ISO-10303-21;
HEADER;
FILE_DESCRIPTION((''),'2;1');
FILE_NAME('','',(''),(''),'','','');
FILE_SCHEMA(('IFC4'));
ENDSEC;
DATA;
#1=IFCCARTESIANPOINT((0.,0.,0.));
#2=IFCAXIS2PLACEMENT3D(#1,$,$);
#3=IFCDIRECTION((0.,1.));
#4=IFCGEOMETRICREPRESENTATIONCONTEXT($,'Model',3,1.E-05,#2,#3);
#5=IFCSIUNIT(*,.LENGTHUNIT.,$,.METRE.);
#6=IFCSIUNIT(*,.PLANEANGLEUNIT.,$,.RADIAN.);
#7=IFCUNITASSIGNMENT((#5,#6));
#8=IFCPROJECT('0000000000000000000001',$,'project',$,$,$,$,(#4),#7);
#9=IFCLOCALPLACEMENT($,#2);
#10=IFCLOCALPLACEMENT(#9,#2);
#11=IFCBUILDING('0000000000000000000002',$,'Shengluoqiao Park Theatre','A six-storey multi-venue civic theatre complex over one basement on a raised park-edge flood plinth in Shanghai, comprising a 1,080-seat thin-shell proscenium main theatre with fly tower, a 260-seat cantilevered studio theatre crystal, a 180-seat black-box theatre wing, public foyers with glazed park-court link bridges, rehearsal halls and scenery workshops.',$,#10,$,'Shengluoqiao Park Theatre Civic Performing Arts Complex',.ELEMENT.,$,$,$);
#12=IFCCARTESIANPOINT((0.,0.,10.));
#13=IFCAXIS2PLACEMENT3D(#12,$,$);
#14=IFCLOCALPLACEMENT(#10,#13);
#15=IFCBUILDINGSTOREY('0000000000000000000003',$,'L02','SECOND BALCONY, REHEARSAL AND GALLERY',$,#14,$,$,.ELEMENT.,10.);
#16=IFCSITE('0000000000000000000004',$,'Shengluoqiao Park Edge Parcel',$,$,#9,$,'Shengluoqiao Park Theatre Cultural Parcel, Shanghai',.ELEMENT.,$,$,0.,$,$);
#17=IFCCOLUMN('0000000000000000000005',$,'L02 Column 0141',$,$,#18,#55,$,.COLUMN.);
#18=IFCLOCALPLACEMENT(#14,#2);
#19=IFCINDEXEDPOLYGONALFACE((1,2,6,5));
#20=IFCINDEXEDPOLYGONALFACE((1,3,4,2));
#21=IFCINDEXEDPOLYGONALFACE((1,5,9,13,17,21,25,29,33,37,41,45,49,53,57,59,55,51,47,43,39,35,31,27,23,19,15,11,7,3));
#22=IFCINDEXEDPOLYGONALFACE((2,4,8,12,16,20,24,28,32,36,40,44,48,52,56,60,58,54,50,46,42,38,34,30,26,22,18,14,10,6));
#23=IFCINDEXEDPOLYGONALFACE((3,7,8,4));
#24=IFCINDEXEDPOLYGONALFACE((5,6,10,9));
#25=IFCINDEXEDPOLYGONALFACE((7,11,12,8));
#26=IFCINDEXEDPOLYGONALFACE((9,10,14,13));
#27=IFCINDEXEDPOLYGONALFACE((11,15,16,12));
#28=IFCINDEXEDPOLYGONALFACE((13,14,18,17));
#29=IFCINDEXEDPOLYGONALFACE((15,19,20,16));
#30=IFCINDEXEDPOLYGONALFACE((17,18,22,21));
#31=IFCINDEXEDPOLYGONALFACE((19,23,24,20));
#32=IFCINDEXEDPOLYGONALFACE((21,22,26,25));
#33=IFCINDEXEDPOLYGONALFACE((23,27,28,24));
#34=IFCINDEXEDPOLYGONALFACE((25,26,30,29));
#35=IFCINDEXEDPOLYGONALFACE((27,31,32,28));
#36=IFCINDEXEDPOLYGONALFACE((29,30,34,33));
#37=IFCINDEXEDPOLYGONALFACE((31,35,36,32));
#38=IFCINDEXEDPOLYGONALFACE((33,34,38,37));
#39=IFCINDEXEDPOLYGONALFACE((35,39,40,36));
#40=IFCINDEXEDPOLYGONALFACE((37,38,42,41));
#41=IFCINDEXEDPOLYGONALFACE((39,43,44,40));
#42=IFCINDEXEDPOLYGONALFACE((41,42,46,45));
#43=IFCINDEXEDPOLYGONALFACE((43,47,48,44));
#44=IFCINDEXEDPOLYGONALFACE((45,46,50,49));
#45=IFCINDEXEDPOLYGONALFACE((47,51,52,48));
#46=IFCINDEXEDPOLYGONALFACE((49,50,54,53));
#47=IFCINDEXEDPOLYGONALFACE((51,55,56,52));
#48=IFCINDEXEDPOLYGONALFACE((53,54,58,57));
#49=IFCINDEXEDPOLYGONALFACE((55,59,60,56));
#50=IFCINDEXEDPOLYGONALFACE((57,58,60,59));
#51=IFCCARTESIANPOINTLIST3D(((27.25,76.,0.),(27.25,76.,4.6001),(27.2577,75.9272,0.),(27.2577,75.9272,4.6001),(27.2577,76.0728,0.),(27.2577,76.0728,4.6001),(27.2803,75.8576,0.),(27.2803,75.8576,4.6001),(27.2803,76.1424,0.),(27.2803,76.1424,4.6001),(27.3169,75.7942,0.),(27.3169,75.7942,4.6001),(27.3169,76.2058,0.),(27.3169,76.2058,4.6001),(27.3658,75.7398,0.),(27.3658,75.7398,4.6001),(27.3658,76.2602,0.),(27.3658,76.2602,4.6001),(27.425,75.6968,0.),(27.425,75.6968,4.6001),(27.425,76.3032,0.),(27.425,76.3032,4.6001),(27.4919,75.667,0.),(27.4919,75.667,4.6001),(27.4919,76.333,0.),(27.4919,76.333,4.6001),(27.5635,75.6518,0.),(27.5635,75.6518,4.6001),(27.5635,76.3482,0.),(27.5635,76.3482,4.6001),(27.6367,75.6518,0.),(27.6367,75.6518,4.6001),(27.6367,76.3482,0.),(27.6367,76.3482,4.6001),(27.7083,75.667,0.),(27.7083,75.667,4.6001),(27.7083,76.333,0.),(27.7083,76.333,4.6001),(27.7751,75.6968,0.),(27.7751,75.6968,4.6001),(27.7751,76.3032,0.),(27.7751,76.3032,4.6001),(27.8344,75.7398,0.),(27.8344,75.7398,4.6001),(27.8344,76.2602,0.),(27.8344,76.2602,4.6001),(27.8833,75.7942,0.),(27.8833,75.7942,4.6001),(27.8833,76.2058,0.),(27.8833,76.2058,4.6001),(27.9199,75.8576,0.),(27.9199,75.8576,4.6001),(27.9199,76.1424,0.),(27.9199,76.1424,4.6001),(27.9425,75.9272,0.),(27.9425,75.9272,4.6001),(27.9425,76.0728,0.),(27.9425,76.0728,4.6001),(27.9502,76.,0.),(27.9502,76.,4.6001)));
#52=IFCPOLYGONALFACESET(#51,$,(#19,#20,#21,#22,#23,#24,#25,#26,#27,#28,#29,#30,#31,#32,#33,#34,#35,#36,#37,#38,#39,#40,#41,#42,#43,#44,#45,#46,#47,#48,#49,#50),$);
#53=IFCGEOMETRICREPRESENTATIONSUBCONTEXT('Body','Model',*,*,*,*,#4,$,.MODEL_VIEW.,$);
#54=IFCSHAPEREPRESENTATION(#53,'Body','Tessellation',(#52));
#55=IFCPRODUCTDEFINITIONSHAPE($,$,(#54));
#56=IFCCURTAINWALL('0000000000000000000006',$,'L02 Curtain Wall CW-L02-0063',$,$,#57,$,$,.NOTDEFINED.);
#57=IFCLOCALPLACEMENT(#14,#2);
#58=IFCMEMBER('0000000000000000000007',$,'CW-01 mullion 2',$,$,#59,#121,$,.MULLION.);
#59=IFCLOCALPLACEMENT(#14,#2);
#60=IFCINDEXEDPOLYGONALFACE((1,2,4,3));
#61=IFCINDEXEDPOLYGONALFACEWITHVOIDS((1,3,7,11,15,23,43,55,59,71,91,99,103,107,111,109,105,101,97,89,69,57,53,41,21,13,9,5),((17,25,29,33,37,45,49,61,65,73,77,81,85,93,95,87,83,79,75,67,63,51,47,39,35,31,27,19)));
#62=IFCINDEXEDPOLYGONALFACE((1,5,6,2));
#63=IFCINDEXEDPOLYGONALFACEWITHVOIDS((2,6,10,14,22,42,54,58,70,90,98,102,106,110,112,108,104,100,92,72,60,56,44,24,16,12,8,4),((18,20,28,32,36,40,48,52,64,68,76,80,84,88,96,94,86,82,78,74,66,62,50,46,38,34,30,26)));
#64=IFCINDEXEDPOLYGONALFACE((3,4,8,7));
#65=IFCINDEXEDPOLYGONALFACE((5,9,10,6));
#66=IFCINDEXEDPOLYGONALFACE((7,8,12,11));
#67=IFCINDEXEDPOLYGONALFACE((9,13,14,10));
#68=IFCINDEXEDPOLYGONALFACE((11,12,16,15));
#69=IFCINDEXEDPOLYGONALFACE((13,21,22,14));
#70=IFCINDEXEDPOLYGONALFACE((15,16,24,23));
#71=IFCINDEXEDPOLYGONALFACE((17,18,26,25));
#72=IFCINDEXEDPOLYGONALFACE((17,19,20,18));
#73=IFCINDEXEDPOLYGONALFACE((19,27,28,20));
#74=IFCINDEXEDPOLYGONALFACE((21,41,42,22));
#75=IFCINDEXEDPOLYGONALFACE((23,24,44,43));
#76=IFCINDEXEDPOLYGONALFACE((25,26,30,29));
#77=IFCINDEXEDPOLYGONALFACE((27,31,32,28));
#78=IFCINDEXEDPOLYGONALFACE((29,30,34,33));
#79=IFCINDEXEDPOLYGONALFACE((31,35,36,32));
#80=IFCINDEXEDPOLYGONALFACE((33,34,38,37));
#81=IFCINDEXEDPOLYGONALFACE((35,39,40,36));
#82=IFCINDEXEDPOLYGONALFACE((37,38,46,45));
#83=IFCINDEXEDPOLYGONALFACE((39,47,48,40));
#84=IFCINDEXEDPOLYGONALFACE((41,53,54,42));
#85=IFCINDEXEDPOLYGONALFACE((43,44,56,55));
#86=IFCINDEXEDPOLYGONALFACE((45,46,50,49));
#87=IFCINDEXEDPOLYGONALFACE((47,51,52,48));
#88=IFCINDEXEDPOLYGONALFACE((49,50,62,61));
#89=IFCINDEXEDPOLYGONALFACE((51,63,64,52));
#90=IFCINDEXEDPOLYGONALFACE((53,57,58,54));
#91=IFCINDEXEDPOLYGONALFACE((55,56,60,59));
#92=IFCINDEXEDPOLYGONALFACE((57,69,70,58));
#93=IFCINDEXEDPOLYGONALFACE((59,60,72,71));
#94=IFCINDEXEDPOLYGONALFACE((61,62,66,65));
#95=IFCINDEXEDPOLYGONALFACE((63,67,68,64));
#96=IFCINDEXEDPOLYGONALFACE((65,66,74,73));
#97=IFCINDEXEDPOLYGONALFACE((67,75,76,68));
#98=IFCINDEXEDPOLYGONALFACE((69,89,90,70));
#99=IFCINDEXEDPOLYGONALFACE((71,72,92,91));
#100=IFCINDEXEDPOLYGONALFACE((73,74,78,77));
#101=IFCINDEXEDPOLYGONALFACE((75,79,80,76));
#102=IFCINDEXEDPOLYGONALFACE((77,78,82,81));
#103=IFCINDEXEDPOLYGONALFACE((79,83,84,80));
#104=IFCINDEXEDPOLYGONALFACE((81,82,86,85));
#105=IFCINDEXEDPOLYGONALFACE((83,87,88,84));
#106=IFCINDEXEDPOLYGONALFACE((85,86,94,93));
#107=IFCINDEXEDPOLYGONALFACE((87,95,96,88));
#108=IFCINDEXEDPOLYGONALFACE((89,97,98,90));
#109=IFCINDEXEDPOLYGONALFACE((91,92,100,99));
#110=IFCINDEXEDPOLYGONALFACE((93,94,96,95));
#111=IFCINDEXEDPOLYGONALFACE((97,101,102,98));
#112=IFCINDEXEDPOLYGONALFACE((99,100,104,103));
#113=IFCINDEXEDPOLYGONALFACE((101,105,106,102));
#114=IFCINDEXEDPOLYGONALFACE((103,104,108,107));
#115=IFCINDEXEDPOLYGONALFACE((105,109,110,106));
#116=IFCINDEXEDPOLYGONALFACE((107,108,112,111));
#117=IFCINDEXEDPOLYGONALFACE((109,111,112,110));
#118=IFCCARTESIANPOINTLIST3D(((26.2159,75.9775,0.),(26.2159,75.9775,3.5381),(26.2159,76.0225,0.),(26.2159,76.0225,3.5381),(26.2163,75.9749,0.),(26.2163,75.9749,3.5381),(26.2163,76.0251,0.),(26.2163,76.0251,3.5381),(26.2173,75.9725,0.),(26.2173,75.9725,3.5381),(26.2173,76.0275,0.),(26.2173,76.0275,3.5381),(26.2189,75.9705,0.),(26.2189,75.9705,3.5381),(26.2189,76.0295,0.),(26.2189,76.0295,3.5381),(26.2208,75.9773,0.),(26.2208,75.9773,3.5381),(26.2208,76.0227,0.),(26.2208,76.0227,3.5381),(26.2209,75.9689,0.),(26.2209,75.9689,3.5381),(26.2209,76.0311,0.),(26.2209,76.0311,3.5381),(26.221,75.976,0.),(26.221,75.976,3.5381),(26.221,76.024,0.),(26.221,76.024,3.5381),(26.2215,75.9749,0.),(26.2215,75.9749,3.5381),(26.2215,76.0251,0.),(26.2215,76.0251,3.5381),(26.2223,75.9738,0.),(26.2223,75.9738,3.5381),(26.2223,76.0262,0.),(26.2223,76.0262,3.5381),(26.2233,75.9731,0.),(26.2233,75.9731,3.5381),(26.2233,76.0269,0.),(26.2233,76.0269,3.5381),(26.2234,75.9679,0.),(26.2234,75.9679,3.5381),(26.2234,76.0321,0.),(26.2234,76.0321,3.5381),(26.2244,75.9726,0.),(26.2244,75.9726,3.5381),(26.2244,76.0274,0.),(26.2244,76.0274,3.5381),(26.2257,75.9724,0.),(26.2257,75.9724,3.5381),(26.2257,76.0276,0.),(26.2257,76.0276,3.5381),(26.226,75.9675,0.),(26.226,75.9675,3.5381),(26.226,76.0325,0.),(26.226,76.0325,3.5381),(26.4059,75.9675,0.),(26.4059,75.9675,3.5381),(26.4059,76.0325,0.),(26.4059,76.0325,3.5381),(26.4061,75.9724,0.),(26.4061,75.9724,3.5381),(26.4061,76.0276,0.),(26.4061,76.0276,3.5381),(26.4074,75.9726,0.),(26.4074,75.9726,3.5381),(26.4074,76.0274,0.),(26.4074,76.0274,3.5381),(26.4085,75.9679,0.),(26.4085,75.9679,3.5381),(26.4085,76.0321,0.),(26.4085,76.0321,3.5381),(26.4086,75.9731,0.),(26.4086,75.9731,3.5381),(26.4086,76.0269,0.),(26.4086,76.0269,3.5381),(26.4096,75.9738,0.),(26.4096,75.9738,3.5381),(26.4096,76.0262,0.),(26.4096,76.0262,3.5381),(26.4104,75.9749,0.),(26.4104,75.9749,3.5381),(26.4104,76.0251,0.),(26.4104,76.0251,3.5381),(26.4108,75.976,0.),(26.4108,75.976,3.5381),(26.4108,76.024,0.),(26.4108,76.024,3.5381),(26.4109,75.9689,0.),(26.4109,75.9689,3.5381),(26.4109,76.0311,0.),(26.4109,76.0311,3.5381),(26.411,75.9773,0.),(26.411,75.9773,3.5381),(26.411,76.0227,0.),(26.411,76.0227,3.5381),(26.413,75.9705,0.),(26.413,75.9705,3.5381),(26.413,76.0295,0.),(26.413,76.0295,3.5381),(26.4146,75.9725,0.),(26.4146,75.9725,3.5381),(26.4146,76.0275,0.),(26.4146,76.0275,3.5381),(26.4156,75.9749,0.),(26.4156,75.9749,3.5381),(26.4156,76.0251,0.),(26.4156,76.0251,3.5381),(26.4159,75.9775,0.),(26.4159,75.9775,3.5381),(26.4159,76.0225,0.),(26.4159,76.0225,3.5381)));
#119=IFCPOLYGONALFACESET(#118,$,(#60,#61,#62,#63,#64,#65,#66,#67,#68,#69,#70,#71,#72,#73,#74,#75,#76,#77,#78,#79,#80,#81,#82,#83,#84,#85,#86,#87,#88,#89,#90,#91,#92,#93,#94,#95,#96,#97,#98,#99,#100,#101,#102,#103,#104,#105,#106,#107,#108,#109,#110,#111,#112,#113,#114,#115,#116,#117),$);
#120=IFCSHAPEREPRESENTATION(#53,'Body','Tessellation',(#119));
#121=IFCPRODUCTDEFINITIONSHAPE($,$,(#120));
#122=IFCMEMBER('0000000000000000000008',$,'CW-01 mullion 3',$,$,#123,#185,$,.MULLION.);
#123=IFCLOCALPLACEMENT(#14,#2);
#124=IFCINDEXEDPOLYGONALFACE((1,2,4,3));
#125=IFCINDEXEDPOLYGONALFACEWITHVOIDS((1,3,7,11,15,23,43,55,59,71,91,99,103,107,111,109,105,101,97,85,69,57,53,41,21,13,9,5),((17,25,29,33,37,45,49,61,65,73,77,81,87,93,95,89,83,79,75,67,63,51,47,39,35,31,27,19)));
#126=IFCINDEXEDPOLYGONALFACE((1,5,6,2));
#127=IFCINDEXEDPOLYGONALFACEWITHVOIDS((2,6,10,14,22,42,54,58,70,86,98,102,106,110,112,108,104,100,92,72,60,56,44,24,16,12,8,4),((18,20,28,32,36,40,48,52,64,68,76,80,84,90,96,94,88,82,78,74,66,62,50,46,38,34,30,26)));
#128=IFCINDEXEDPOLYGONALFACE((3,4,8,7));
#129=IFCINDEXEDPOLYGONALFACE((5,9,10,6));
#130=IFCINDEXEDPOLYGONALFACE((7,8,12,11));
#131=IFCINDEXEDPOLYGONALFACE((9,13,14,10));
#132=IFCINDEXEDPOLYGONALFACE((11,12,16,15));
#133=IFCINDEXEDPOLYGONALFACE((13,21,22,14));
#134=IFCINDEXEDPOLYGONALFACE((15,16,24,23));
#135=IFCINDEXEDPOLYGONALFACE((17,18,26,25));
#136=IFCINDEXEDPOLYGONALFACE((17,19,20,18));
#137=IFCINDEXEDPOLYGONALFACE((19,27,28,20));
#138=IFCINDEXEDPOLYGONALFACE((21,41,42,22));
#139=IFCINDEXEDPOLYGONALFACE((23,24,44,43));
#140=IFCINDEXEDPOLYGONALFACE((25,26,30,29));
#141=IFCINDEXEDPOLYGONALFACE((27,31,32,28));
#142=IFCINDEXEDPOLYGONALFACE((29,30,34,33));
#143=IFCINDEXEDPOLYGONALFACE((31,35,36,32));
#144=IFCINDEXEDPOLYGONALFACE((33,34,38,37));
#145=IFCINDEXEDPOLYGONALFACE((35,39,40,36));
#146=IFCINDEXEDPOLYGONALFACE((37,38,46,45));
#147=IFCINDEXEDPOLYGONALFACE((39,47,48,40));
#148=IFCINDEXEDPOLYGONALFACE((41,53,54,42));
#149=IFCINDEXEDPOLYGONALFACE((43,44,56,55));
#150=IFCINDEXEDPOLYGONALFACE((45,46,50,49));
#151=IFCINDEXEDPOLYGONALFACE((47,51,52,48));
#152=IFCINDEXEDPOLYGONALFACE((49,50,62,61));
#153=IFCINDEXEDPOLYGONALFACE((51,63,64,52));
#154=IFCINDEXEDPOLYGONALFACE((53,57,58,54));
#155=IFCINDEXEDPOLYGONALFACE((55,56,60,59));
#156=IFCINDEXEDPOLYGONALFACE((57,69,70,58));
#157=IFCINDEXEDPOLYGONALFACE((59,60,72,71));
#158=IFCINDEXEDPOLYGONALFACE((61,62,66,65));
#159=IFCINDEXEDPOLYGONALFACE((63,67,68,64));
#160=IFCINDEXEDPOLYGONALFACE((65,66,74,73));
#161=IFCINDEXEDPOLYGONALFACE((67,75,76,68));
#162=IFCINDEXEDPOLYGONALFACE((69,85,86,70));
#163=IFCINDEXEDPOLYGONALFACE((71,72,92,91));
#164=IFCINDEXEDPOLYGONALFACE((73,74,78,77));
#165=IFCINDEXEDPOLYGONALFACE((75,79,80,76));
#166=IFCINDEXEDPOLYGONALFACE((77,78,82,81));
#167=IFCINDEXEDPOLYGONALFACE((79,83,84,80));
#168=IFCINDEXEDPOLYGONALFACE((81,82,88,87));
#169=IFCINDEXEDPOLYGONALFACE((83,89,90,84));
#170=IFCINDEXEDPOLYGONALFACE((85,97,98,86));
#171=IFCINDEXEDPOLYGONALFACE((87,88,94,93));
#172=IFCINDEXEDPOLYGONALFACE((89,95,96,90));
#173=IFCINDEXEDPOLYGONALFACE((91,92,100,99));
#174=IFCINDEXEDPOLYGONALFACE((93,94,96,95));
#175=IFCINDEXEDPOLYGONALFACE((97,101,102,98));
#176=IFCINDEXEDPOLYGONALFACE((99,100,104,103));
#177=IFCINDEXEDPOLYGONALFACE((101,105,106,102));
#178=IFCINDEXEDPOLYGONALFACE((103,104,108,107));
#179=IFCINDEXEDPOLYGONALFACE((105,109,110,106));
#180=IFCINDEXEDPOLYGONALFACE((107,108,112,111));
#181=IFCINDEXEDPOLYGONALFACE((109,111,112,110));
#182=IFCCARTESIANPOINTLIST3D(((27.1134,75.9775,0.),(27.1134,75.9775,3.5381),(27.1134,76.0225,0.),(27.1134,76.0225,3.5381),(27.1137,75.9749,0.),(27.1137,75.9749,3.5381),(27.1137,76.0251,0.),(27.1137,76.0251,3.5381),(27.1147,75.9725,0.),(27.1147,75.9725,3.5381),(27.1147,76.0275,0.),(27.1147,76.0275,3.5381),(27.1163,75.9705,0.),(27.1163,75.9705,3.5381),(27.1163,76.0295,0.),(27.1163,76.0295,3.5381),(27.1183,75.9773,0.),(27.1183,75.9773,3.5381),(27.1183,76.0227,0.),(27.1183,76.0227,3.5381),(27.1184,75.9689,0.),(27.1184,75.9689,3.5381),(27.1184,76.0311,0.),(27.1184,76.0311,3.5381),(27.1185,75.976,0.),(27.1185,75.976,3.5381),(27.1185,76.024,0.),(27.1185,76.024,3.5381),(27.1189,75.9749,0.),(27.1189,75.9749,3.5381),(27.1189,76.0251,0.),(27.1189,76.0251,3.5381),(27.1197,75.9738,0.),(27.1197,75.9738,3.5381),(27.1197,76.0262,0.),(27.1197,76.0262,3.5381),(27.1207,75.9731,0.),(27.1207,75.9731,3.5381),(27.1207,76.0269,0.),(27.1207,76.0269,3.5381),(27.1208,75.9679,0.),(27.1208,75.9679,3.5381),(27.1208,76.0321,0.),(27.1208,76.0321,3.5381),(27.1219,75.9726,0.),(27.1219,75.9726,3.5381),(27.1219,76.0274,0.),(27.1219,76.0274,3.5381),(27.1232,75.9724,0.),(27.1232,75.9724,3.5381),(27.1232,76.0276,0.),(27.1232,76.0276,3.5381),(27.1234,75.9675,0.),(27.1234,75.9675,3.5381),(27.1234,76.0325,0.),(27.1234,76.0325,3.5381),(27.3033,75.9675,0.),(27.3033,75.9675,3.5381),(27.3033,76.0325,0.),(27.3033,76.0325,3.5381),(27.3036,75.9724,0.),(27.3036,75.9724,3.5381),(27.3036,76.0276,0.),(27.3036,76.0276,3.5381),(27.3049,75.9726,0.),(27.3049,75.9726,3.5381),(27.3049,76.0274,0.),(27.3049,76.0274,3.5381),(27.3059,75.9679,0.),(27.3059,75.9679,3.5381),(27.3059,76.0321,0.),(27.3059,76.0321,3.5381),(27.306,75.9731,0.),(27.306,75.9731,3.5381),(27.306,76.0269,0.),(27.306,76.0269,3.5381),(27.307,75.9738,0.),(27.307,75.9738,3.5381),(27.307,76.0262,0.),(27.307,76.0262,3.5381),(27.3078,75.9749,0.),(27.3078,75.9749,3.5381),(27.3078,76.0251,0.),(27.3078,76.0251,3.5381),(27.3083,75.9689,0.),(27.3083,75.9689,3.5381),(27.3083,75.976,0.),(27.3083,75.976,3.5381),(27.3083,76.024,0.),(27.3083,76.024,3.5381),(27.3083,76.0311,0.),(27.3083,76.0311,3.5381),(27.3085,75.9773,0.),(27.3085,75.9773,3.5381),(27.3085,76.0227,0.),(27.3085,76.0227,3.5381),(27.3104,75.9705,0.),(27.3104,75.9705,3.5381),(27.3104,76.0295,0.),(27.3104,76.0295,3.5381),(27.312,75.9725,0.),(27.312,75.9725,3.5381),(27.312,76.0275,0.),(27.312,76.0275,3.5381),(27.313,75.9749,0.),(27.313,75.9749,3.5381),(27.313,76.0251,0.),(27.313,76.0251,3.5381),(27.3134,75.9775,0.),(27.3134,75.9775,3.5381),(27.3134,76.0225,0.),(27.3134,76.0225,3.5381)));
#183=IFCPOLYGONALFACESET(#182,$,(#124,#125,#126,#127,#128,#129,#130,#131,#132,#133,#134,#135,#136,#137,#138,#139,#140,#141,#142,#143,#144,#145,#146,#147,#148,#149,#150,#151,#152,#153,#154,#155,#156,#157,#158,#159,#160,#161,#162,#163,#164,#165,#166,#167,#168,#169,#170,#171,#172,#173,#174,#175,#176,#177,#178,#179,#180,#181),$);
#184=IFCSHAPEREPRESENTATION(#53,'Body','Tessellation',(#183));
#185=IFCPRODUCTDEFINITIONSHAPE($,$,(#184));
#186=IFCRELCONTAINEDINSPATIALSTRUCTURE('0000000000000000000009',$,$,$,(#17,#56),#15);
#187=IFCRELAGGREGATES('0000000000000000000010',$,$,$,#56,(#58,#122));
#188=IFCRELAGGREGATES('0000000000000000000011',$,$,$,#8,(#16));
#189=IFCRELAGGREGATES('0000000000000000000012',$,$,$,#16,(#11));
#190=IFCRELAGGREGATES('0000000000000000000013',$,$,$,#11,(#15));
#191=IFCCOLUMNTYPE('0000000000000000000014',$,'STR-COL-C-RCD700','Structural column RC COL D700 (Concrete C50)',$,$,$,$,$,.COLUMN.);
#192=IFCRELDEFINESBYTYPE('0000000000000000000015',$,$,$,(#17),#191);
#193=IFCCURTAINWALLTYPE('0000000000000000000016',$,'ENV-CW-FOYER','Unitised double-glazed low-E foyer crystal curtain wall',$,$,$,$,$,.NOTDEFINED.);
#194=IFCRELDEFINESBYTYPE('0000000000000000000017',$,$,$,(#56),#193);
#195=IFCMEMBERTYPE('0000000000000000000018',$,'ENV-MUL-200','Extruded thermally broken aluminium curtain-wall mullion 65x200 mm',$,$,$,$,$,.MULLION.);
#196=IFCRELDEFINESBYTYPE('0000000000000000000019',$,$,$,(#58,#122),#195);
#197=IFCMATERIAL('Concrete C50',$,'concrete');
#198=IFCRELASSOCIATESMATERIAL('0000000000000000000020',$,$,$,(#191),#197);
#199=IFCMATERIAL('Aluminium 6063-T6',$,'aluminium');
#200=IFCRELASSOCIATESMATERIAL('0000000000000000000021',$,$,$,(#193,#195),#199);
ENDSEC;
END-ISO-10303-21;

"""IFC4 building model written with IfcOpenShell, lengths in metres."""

from ifc_helpers import new_model, si_unit, direction, frame, origin, origin_2d, place, context, subcontext, project, spatial, hollow_rectangle, circle, extrude, material, material_profile, profile_set, type_object, element, aggregate, save


model = new_model("IFC4")

# Units and contexts
model_context = context("Model", 3, precision=1e-05, world=origin(), true_north=direction((0.0, 1.0)))
body_context = subcontext(model_context, "Body", "Model", "MODEL_VIEW")
ifc_project = project(units=[si_unit("LENGTHUNIT", "METRE"), si_unit("PLANEANGLEUNIT", "RADIAN")], contexts=[model_context])

# Site, building, storey
site_placement = place(None, origin())
site = spatial("IfcSite", under=ifc_project, at=site_placement, Name="Shengluoqiao Park Edge Parcel", LongName="Shengluoqiao Park Theatre Cultural Parcel, Shanghai", CompositionType="ELEMENT", RefElevation=0.0)
building_placement = place(site_placement, origin())
building = spatial("IfcBuilding", under=site, at=building_placement, Name="Shengluoqiao Park Theatre", Description="A six-storey multi-venue civic theatre complex over one basement on a raised park-edge flood plinth in Shanghai, comprising a 1,080-seat thin-shell proscenium main theatre with fly tower, a 260-seat cantilevered studio theatre crystal, a 180-seat black-box theatre wing, public foyers with glazed park-court link bridges, rehearsal halls and scenery workshops.", LongName="Shengluoqiao Park Theatre Civic Performing Arts Complex", CompositionType="ELEMENT")
storey_placement = place(building_placement, frame((0.0, 0.0, 10.0)))
storey = spatial("IfcBuildingStorey", under=building, at=storey_placement, Name="L02", Description="SECOND BALCONY, REHEARSAL AND GALLERY", CompositionType="ELEMENT", Elevation=10.0)

# Column
ifc_material_1 = material(Name="Concrete C50", Category="concrete")
ifc_material_profile_1 = material_profile(ifc_material_1, circle(Radius=0.3501, at=origin_2d()), Name="RC COL D700")
ifc_profile_set_1 = profile_set([ifc_material_profile_1], Name="Concrete C50")
column_type = type_object("IfcColumnType", Name="STR-COL-C-RCD700", Description="Structural column RC COL D700 (Concrete C50)", PredefinedType="COLUMN", material=ifc_profile_set_1)
column_placement = place(storey_placement, frame((27.6001, 76.0, 0.0), z_axis=(0.0, 0.0, 1.0), x_axis=(1.0, 0.0, 0.0)))
element("IfcColumn", 1, at=column_placement, inside=storey, type_object=column_type, Name="L02 Column 0141", PredefinedType="COLUMN", context=body_context, shape_type="SweptSolid", body=[
    extrude(circle(Radius=0.3501, at=origin_2d()), origin(), (0.0, 0.0, 1.0), 4.6001),
])

# Curtain wall, members
ifc_material_2 = material(Name="Aluminium 6063-T6", Category="aluminium")
curtain_wall_type = type_object("IfcCurtainWallType", Name="ENV-CW-FOYER", Description="Unitised double-glazed low-E foyer crystal curtain wall", PredefinedType="NOTDEFINED", material=ifc_material_2)
curtain_wall_1_placement = place(storey_placement, origin())
curtain_wall_1 = element("IfcCurtainWall", 2, at=curtain_wall_1_placement, inside=storey, type_object=curtain_wall_type, Name="L02 Curtain Wall CW-L02-0063", PredefinedType="NOTDEFINED")
ifc_material_profile_2 = material_profile(ifc_material_2, hollow_rectangle(XDim=0.0649, YDim=0.2, WallThickness=0.0049, InnerFilletRadius=0.0049, OuterFilletRadius=0.01, at=origin_2d()), Name="ALU MULLION 200x65x5")
ifc_profile_set_2 = profile_set([ifc_material_profile_2], Name="Aluminium 6063-T6")
member_type_1 = type_object("IfcMemberType", Name="ENV-MUL-200", Description="Extruded thermally broken aluminium curtain-wall mullion 65x200 mm", PredefinedType="MULLION", material=ifc_profile_set_2)
member_1_placement = place(storey_placement, frame((26.3159, 76.0, 0.0), z_axis=(0.0, 0.0, 1.0), x_axis=(0.0, 1.0, 0.0)))
member_1 = element("IfcMember", 3, at=member_1_placement, type_object=member_type_1, Name="CW-01 mullion 2", PredefinedType="MULLION", context=body_context, shape_type="SweptSolid", body=[
    extrude(hollow_rectangle(XDim=0.0649, YDim=0.2, WallThickness=0.0049, InnerFilletRadius=0.0049, OuterFilletRadius=0.01, at=origin_2d()), origin(), (0.0, 0.0, 1.0), 3.5381),
])
member_2_placement = place(storey_placement, frame((27.2134, 76.0, 0.0), z_axis=(0.0, 0.0, 1.0), x_axis=(0.0, 1.0, 0.0)))
member_2 = element("IfcMember", 4, at=member_2_placement, type_object=member_type_1, Name="CW-01 mullion 3", PredefinedType="MULLION", context=body_context, shape_type="SweptSolid", body=[
    extrude(hollow_rectangle(XDim=0.0649, YDim=0.2, WallThickness=0.0049, InnerFilletRadius=0.0049, OuterFilletRadius=0.01, at=origin_2d()), origin(), (0.0, 0.0, 1.0), 3.5381),
])

aggregate(curtain_wall_1, [member_1, member_2])

save(model, "model.ifc")
